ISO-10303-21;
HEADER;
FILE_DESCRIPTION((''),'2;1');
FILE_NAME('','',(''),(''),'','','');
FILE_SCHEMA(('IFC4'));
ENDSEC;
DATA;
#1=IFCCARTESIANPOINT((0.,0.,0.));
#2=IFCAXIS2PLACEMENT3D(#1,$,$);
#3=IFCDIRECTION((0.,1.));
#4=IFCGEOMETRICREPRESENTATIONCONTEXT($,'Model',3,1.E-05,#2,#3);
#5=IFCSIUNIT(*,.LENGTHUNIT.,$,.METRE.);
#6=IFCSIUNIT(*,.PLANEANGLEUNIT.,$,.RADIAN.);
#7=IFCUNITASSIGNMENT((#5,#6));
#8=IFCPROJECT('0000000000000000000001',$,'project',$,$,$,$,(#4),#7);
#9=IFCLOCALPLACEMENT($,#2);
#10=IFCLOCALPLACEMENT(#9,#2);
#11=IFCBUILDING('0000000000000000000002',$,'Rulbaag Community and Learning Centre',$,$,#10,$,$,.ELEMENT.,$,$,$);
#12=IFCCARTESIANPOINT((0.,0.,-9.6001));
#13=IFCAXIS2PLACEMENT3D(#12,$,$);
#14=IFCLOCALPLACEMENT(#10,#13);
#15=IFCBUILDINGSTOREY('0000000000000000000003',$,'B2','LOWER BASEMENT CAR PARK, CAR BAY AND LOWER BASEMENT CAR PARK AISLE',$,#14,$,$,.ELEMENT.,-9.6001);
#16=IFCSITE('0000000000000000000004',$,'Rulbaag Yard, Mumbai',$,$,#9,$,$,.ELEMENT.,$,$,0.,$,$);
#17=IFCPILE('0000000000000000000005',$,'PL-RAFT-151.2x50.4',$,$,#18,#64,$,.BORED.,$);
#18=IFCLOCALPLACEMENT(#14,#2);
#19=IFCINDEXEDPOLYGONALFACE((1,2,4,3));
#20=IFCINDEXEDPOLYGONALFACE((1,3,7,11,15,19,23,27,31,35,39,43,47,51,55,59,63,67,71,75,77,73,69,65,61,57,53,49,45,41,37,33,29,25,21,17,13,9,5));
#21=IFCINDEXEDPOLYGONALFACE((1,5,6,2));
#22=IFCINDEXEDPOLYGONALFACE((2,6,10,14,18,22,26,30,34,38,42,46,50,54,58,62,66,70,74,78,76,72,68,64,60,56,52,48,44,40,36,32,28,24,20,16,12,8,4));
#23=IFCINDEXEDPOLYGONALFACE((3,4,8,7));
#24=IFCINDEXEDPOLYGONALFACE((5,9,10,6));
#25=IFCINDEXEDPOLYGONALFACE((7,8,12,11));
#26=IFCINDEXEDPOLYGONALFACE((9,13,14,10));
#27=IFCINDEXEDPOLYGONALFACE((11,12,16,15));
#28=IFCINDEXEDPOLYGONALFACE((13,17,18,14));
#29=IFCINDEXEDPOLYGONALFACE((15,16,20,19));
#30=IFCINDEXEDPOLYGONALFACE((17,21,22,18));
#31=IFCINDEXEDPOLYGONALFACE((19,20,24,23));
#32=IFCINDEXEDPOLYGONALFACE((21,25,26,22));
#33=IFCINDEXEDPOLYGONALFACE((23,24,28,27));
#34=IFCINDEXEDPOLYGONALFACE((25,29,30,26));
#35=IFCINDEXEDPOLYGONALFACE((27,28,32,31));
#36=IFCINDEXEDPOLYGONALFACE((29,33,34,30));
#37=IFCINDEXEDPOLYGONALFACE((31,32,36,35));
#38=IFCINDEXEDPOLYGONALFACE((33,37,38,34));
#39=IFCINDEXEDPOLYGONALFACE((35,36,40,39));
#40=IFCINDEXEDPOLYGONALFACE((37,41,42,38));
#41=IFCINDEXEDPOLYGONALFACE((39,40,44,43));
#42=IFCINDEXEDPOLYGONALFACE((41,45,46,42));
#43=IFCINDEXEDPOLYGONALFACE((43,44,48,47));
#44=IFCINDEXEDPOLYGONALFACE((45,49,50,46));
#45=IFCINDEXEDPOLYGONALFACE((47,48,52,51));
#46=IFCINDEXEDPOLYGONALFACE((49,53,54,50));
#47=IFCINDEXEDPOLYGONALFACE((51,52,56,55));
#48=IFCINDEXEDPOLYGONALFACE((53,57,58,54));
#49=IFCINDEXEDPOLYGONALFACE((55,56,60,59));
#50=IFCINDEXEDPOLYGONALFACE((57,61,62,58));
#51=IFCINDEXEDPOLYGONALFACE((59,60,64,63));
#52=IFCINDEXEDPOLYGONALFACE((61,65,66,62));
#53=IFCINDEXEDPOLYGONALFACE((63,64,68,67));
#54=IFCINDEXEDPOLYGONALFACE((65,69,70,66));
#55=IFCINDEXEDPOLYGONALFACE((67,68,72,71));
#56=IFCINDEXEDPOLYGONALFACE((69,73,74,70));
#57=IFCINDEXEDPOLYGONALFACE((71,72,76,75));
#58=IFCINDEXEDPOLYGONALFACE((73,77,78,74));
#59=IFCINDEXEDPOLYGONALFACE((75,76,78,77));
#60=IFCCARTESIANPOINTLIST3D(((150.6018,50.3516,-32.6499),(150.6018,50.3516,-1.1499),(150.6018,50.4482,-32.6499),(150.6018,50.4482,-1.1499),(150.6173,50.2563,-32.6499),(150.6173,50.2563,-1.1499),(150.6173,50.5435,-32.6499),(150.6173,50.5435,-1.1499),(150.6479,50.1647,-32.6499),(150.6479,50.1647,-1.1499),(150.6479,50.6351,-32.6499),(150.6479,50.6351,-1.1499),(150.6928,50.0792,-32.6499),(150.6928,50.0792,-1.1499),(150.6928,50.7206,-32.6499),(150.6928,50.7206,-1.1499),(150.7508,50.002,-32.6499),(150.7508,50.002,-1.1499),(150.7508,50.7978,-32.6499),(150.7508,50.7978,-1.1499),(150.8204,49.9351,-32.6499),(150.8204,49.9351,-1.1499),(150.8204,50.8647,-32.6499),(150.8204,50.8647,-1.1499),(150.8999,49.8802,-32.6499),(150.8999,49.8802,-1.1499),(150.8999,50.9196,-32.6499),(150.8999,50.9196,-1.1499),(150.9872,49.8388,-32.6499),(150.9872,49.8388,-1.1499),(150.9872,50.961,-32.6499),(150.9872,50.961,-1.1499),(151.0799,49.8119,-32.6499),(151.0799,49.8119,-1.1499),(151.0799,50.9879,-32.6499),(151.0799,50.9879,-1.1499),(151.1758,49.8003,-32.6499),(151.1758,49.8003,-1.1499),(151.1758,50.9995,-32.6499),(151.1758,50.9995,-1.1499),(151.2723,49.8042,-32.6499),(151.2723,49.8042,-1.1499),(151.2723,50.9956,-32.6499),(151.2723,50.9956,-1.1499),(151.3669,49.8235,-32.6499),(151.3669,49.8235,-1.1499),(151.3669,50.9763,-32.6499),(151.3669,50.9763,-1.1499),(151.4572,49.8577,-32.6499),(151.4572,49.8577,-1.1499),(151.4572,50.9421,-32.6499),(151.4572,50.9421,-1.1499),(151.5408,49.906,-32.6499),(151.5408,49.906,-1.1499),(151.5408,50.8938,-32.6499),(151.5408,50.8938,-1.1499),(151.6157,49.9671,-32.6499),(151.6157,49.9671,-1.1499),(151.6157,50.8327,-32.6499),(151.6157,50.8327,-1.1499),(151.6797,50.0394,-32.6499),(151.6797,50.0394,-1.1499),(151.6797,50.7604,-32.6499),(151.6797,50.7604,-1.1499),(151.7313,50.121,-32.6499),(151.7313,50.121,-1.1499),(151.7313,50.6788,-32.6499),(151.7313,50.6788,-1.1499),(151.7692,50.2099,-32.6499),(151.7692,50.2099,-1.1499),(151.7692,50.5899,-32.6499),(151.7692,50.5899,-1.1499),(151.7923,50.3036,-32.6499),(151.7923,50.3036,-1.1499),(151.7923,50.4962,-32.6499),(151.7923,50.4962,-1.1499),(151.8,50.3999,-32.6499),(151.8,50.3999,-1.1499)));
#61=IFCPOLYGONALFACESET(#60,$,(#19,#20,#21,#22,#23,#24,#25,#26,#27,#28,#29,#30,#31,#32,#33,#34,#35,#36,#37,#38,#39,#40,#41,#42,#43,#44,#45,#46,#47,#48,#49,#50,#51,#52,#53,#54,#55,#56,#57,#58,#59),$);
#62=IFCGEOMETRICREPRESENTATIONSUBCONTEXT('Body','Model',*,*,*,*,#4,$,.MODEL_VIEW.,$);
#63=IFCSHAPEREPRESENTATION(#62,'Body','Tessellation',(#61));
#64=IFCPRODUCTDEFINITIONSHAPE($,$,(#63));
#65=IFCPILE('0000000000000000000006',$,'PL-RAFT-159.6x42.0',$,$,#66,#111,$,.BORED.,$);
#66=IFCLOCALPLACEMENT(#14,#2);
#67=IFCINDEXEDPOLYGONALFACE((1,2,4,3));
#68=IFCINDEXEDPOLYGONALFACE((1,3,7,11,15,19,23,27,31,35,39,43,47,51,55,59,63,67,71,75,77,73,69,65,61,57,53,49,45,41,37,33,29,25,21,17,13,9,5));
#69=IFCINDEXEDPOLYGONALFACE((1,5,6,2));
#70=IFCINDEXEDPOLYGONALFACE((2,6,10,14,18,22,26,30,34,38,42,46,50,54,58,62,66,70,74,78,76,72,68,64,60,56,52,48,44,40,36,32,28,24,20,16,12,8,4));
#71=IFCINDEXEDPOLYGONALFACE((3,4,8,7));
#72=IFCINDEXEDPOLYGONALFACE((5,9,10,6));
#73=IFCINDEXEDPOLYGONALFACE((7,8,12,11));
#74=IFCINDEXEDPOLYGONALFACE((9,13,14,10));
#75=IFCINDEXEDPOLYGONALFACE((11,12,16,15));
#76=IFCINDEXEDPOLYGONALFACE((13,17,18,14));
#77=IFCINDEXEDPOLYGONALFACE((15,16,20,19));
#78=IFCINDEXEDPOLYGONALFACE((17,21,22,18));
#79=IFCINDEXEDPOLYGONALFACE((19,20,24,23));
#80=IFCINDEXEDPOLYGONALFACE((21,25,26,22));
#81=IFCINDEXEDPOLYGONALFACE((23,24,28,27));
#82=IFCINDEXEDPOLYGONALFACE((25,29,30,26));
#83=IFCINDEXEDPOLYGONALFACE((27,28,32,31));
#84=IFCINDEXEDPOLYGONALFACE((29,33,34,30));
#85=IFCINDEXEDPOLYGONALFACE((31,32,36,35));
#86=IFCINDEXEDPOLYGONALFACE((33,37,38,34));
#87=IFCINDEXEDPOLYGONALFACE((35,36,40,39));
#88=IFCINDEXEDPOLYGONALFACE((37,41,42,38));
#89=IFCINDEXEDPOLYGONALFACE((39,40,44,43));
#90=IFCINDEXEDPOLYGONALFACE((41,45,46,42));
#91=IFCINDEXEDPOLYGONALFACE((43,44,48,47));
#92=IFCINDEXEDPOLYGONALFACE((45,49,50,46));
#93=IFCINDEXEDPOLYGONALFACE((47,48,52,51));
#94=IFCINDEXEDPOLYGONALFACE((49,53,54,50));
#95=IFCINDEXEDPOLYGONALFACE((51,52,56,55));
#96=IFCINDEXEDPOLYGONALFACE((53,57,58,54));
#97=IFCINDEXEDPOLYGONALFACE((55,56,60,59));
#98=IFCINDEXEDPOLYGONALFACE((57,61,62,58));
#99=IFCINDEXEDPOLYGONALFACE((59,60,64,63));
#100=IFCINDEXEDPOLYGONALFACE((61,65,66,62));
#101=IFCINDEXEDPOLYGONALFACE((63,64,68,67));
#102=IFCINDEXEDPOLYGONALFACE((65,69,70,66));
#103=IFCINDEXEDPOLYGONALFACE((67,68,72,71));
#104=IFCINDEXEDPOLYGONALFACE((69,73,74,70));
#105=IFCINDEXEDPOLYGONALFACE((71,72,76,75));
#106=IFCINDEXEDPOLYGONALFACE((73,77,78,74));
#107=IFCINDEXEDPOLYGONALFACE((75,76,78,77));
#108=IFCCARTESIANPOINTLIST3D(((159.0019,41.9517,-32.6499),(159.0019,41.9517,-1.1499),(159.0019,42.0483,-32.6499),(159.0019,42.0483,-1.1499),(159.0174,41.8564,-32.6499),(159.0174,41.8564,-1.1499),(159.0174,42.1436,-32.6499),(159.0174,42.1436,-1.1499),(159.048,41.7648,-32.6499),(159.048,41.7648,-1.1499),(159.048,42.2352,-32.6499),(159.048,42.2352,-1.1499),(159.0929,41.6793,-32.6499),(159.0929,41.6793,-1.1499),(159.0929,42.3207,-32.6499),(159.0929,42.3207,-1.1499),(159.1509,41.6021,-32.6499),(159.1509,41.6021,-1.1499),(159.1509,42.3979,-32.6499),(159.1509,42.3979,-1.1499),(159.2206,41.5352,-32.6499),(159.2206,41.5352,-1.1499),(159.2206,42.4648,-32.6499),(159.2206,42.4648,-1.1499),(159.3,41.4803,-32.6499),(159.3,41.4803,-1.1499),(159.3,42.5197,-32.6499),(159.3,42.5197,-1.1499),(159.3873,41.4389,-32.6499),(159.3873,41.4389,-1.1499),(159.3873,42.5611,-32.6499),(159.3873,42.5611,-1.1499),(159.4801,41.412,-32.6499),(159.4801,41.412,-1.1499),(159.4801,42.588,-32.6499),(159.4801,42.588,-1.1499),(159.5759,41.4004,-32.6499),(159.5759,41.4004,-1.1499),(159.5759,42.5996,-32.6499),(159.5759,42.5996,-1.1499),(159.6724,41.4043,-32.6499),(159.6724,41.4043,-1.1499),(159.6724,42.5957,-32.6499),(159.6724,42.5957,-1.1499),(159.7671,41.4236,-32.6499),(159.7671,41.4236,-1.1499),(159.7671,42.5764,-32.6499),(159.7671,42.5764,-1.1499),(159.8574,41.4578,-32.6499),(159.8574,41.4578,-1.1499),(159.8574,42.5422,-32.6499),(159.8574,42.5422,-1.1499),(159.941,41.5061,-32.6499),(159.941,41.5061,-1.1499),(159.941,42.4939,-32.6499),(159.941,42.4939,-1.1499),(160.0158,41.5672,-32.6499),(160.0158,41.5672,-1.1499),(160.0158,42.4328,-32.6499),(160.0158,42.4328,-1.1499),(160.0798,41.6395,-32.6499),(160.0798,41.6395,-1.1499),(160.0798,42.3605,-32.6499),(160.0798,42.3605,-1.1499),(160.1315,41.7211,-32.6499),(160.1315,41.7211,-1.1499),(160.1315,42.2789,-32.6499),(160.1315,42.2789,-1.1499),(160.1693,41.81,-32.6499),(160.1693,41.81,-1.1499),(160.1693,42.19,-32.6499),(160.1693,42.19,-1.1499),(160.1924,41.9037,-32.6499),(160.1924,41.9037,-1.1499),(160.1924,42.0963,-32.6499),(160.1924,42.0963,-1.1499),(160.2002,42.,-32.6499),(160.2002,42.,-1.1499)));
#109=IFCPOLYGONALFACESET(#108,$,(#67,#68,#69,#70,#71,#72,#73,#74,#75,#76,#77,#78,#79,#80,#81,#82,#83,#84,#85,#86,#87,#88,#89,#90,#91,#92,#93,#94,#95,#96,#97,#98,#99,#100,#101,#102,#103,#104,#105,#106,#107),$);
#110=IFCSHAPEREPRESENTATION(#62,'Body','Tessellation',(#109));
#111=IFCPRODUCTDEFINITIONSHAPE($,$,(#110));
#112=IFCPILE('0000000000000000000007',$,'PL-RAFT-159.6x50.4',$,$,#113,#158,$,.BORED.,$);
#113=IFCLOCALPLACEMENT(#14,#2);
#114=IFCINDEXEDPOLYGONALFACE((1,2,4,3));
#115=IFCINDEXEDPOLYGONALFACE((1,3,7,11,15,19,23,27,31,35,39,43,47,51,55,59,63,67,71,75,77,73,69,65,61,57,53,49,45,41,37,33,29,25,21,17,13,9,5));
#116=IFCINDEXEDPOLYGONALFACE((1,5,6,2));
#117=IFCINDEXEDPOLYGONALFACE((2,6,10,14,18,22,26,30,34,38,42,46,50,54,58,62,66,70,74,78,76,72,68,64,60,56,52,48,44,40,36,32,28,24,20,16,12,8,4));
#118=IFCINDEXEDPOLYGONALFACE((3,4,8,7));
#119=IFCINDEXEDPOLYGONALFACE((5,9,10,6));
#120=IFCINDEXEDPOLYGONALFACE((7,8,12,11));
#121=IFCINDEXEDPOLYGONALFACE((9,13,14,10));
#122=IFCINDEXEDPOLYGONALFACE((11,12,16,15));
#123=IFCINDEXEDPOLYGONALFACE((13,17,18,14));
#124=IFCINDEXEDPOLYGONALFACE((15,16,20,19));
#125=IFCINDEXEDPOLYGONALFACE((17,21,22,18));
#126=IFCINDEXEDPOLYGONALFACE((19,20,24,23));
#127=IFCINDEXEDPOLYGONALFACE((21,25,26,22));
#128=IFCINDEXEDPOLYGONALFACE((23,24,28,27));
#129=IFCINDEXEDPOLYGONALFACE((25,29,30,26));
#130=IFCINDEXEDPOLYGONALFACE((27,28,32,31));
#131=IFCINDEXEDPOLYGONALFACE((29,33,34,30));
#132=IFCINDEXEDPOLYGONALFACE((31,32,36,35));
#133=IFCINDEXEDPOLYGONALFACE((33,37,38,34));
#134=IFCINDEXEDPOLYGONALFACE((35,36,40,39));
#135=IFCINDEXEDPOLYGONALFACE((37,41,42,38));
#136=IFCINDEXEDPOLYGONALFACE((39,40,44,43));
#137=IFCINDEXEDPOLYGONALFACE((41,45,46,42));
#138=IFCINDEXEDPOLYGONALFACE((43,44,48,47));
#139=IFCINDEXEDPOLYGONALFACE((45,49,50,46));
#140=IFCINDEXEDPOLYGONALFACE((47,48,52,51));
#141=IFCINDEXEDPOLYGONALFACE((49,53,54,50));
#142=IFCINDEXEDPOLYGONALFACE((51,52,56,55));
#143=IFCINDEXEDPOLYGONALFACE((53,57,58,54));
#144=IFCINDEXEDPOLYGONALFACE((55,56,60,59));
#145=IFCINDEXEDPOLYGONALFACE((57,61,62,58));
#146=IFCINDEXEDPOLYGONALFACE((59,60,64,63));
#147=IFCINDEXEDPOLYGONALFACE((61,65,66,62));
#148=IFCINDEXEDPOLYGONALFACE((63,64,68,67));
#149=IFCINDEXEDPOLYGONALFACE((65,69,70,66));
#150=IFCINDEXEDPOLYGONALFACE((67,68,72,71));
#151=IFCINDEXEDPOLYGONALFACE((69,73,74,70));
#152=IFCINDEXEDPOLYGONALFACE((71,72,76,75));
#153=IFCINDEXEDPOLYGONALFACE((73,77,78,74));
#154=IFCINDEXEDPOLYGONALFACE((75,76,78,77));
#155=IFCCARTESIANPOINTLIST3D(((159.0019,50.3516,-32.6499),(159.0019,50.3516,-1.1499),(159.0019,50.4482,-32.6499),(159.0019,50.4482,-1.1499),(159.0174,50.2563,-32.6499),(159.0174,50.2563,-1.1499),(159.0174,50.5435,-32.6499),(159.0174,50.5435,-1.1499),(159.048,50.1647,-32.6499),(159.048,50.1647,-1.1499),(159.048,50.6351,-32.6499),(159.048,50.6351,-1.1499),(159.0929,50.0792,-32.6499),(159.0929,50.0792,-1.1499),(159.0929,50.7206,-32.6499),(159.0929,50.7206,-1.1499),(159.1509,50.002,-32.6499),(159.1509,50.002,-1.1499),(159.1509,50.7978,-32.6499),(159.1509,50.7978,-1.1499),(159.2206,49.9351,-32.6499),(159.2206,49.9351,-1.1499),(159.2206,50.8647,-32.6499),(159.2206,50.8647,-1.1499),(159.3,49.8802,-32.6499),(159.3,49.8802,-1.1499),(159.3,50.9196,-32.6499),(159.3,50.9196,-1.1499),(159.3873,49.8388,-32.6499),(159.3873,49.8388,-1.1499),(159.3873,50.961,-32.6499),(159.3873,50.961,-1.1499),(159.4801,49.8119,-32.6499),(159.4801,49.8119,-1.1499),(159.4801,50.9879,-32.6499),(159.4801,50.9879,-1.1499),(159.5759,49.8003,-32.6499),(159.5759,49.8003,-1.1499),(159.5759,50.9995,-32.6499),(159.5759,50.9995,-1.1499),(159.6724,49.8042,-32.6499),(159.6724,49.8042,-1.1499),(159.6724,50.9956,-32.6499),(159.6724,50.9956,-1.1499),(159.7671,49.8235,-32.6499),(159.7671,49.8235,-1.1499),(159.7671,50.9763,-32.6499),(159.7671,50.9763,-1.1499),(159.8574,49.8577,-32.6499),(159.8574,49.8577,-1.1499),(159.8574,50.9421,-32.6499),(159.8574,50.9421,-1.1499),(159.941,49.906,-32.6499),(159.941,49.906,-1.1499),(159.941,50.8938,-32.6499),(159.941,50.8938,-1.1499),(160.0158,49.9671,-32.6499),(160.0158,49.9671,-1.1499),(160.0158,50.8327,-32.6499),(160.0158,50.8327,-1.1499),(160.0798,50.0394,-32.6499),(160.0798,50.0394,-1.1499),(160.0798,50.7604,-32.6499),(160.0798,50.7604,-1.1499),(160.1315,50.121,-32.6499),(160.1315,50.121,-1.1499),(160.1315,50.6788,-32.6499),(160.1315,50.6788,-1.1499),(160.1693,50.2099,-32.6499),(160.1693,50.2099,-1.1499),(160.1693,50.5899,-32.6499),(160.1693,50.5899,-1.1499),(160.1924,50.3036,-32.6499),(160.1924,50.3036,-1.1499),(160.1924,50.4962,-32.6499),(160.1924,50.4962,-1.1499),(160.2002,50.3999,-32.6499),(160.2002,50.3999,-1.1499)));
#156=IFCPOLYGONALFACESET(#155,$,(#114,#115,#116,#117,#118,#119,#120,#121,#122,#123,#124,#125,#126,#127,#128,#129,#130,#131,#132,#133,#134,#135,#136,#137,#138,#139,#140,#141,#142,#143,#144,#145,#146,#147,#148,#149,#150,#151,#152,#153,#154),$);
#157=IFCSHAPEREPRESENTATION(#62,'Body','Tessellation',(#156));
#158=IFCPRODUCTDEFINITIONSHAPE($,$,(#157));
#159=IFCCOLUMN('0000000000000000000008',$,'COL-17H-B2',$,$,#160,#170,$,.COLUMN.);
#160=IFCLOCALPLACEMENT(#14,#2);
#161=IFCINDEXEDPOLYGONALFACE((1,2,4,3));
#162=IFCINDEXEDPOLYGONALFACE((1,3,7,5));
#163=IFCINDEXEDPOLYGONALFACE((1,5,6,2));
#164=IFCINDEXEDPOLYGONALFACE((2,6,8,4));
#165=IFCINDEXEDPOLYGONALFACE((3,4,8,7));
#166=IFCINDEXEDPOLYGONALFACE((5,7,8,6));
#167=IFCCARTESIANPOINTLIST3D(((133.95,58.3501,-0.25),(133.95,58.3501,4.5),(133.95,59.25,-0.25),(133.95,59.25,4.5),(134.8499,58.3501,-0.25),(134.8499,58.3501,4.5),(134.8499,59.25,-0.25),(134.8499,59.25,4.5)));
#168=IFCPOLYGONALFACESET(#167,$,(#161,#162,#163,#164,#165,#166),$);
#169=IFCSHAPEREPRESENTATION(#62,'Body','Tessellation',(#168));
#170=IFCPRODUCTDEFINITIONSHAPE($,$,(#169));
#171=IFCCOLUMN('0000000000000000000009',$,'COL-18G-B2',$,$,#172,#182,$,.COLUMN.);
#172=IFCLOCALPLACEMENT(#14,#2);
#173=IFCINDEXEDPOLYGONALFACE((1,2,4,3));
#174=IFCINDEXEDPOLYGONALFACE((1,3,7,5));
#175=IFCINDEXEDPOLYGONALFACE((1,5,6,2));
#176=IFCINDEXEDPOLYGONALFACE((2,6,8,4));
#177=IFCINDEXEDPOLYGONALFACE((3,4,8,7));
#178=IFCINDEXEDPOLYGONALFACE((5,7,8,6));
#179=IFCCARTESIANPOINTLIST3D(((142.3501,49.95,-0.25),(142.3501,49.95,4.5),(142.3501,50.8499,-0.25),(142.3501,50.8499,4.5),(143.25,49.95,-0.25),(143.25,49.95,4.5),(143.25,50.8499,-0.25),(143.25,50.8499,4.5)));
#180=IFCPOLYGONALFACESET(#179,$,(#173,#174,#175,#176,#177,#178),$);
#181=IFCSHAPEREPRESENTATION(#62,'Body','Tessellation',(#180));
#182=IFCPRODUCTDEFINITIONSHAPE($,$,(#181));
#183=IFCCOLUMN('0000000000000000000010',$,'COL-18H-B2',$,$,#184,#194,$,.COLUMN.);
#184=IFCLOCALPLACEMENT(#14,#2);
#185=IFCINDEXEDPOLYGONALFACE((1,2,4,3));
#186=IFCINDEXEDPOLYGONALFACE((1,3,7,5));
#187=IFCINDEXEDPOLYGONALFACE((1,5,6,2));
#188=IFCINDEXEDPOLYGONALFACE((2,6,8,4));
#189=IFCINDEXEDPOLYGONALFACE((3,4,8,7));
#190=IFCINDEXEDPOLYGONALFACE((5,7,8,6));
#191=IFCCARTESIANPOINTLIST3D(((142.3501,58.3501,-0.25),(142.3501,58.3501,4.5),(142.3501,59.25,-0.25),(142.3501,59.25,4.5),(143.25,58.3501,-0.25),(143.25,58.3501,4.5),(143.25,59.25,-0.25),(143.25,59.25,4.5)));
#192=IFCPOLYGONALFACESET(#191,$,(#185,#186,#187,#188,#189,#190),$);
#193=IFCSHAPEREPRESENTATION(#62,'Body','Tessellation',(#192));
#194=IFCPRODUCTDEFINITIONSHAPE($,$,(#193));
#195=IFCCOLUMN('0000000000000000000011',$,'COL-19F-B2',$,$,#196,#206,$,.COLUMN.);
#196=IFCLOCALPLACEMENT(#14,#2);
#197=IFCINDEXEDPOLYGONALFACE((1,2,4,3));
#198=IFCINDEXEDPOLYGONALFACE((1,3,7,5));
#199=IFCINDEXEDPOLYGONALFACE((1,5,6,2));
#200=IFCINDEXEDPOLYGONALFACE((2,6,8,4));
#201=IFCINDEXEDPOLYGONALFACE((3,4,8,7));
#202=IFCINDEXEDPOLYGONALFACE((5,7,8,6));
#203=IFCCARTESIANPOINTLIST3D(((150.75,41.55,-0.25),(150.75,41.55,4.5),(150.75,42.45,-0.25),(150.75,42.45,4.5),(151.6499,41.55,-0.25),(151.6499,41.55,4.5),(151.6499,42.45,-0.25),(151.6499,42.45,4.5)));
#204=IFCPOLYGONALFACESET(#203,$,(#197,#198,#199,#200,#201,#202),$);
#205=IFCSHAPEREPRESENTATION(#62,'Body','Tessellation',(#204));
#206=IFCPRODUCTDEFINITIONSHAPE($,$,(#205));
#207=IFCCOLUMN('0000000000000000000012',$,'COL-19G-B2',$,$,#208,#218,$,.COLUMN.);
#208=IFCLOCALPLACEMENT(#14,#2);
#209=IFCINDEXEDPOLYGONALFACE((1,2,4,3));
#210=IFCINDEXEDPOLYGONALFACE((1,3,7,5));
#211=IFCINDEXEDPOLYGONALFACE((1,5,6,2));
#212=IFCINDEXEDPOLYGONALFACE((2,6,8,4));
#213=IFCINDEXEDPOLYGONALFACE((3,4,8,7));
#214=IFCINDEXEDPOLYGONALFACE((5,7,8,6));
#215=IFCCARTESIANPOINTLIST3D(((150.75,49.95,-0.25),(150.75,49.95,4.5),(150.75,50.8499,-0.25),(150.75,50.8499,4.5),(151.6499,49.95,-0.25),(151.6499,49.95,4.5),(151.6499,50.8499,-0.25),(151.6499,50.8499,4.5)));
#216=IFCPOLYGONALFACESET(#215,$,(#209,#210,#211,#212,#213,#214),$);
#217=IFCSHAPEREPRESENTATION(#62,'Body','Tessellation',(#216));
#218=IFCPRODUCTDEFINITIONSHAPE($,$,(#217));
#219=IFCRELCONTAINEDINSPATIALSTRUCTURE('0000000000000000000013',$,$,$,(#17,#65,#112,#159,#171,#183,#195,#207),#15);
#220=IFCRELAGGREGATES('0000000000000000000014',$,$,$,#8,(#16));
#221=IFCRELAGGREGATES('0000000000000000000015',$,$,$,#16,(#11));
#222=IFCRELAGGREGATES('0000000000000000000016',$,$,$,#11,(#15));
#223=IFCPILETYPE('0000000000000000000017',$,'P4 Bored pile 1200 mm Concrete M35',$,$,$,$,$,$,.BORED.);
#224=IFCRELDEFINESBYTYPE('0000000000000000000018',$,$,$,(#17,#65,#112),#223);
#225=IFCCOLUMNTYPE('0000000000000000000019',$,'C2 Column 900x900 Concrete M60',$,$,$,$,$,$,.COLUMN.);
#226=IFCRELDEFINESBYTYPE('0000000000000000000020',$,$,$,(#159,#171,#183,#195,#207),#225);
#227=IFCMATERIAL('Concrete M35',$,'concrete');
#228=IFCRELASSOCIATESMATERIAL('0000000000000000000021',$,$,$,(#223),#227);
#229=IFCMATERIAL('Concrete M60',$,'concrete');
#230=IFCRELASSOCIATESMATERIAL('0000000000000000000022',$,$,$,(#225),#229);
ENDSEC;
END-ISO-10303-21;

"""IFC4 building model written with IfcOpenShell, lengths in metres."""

from ifc_helpers import new_model, si_unit, direction, frame, origin, origin_2d, place, context, subcontext, project, spatial, rectangle, circle, extrude, material, material_profile, profile_set, type_object, element, save


model = new_model("IFC4")

# Units and contexts
model_context = context("Model", 3, precision=1e-05, world=origin(), true_north=direction((0.0, 1.0)))
body_context = subcontext(model_context, "Body", "Model", "MODEL_VIEW")
ifc_project = project(units=[si_unit("LENGTHUNIT", "METRE"), si_unit("PLANEANGLEUNIT", "RADIAN")], contexts=[model_context])

# Site, building, storey
site_placement = place(None, origin())
site = spatial("IfcSite", under=ifc_project, at=site_placement, Name="Rulbaag Yard, Mumbai", CompositionType="ELEMENT", RefElevation=0.0)
building_placement = place(site_placement, origin())
building = spatial("IfcBuilding", under=site, at=building_placement, Name="Rulbaag Community and Learning Centre", CompositionType="ELEMENT")
storey_placement = place(building_placement, frame((0.0, 0.0, -9.6001)))
storey = spatial("IfcBuildingStorey", under=building, at=storey_placement, Name="B2", Description="LOWER BASEMENT CAR PARK, CAR BAY AND LOWER BASEMENT CAR PARK AISLE", CompositionType="ELEMENT", Elevation=-9.6001)

# Piles
ifc_material_1 = material(Name="Concrete M35", Category="concrete")
ifc_material_profile_1 = material_profile(ifc_material_1, circle(Radius=0.6001, at=origin_2d()), Name="BP1200")
ifc_profile_set_1 = profile_set([ifc_material_profile_1], Name="Concrete M35")
pile_type_1 = type_object("IfcPileType", Name="P4 Bored pile 1200 mm Concrete M35", PredefinedType="BORED", material=ifc_profile_set_1)
for number, where, z_axis, x_axis, name in (
    (1, (151.2, 50.3999, -1.1499), (0.0, 0.0, -1.0), (1.0, 0.0, 0.0), "PL-RAFT-151.2x50.4"),
    (2, (159.6001, 42.0, -1.1499), (0.0, 0.0, -1.0), (1.0, 0.0, 0.0), "PL-RAFT-159.6x42.0"),
    (3, (159.6001, 50.3999, -1.1499), (0.0, 0.0, -1.0), (1.0, 0.0, 0.0), "PL-RAFT-159.6x50.4"),
):
    element("IfcPile", number, at=place(storey_placement, frame(where, z_axis=z_axis, x_axis=x_axis)), inside=storey, type_object=pile_type_1, Name=name, PredefinedType="BORED", context=body_context, shape_type="SweptSolid", body=[
        extrude(circle(Radius=0.6001, at=origin_2d()), origin(), (0.0, 0.0, 1.0), 31.5),
    ])

# Columns
ifc_material_2 = material(Name="Concrete M60", Category="concrete")
ifc_material_profile_2 = material_profile(ifc_material_2, rectangle(XDim=0.8999, YDim=0.8999, at=origin_2d()), Name="RC900x900")
ifc_profile_set_2 = profile_set([ifc_material_profile_2], Name="Concrete M60")
column_type = type_object("IfcColumnType", Name="C2 Column 900x900 Concrete M60", PredefinedType="COLUMN", material=ifc_profile_set_2)
for number, where, z_axis, x_axis, name in (
    (4, (134.3999, 58.8, -0.25), (0.0, 0.0, 1.0), (1.0, 0.0, 0.0), "COL-17H-B2"),
    (5, (142.8, 50.3999, -0.25), (0.0, 0.0, 1.0), (1.0, 0.0, 0.0), "COL-18G-B2"),
    (6, (142.8, 58.8, -0.25), (0.0, 0.0, 1.0), (1.0, 0.0, 0.0), "COL-18H-B2"),
    (7, (151.2, 42.0, -0.25), (0.0, 0.0, 1.0), (1.0, 0.0, 0.0), "COL-19F-B2"),
    (8, (151.2, 50.3999, -0.25), (0.0, 0.0, 1.0), (1.0, 0.0, 0.0), "COL-19G-B2"),
):
    element("IfcColumn", number, at=place(storey_placement, frame(where, z_axis=z_axis, x_axis=x_axis)), inside=storey, type_object=column_type, Name=name, PredefinedType="COLUMN", context=body_context, shape_type="SweptSolid", body=[
        extrude(rectangle(XDim=0.8999, YDim=0.8999, at=origin_2d()), origin(), (0.0, 0.0, 1.0), 4.75),
    ])

save(model, "model.ifc")
